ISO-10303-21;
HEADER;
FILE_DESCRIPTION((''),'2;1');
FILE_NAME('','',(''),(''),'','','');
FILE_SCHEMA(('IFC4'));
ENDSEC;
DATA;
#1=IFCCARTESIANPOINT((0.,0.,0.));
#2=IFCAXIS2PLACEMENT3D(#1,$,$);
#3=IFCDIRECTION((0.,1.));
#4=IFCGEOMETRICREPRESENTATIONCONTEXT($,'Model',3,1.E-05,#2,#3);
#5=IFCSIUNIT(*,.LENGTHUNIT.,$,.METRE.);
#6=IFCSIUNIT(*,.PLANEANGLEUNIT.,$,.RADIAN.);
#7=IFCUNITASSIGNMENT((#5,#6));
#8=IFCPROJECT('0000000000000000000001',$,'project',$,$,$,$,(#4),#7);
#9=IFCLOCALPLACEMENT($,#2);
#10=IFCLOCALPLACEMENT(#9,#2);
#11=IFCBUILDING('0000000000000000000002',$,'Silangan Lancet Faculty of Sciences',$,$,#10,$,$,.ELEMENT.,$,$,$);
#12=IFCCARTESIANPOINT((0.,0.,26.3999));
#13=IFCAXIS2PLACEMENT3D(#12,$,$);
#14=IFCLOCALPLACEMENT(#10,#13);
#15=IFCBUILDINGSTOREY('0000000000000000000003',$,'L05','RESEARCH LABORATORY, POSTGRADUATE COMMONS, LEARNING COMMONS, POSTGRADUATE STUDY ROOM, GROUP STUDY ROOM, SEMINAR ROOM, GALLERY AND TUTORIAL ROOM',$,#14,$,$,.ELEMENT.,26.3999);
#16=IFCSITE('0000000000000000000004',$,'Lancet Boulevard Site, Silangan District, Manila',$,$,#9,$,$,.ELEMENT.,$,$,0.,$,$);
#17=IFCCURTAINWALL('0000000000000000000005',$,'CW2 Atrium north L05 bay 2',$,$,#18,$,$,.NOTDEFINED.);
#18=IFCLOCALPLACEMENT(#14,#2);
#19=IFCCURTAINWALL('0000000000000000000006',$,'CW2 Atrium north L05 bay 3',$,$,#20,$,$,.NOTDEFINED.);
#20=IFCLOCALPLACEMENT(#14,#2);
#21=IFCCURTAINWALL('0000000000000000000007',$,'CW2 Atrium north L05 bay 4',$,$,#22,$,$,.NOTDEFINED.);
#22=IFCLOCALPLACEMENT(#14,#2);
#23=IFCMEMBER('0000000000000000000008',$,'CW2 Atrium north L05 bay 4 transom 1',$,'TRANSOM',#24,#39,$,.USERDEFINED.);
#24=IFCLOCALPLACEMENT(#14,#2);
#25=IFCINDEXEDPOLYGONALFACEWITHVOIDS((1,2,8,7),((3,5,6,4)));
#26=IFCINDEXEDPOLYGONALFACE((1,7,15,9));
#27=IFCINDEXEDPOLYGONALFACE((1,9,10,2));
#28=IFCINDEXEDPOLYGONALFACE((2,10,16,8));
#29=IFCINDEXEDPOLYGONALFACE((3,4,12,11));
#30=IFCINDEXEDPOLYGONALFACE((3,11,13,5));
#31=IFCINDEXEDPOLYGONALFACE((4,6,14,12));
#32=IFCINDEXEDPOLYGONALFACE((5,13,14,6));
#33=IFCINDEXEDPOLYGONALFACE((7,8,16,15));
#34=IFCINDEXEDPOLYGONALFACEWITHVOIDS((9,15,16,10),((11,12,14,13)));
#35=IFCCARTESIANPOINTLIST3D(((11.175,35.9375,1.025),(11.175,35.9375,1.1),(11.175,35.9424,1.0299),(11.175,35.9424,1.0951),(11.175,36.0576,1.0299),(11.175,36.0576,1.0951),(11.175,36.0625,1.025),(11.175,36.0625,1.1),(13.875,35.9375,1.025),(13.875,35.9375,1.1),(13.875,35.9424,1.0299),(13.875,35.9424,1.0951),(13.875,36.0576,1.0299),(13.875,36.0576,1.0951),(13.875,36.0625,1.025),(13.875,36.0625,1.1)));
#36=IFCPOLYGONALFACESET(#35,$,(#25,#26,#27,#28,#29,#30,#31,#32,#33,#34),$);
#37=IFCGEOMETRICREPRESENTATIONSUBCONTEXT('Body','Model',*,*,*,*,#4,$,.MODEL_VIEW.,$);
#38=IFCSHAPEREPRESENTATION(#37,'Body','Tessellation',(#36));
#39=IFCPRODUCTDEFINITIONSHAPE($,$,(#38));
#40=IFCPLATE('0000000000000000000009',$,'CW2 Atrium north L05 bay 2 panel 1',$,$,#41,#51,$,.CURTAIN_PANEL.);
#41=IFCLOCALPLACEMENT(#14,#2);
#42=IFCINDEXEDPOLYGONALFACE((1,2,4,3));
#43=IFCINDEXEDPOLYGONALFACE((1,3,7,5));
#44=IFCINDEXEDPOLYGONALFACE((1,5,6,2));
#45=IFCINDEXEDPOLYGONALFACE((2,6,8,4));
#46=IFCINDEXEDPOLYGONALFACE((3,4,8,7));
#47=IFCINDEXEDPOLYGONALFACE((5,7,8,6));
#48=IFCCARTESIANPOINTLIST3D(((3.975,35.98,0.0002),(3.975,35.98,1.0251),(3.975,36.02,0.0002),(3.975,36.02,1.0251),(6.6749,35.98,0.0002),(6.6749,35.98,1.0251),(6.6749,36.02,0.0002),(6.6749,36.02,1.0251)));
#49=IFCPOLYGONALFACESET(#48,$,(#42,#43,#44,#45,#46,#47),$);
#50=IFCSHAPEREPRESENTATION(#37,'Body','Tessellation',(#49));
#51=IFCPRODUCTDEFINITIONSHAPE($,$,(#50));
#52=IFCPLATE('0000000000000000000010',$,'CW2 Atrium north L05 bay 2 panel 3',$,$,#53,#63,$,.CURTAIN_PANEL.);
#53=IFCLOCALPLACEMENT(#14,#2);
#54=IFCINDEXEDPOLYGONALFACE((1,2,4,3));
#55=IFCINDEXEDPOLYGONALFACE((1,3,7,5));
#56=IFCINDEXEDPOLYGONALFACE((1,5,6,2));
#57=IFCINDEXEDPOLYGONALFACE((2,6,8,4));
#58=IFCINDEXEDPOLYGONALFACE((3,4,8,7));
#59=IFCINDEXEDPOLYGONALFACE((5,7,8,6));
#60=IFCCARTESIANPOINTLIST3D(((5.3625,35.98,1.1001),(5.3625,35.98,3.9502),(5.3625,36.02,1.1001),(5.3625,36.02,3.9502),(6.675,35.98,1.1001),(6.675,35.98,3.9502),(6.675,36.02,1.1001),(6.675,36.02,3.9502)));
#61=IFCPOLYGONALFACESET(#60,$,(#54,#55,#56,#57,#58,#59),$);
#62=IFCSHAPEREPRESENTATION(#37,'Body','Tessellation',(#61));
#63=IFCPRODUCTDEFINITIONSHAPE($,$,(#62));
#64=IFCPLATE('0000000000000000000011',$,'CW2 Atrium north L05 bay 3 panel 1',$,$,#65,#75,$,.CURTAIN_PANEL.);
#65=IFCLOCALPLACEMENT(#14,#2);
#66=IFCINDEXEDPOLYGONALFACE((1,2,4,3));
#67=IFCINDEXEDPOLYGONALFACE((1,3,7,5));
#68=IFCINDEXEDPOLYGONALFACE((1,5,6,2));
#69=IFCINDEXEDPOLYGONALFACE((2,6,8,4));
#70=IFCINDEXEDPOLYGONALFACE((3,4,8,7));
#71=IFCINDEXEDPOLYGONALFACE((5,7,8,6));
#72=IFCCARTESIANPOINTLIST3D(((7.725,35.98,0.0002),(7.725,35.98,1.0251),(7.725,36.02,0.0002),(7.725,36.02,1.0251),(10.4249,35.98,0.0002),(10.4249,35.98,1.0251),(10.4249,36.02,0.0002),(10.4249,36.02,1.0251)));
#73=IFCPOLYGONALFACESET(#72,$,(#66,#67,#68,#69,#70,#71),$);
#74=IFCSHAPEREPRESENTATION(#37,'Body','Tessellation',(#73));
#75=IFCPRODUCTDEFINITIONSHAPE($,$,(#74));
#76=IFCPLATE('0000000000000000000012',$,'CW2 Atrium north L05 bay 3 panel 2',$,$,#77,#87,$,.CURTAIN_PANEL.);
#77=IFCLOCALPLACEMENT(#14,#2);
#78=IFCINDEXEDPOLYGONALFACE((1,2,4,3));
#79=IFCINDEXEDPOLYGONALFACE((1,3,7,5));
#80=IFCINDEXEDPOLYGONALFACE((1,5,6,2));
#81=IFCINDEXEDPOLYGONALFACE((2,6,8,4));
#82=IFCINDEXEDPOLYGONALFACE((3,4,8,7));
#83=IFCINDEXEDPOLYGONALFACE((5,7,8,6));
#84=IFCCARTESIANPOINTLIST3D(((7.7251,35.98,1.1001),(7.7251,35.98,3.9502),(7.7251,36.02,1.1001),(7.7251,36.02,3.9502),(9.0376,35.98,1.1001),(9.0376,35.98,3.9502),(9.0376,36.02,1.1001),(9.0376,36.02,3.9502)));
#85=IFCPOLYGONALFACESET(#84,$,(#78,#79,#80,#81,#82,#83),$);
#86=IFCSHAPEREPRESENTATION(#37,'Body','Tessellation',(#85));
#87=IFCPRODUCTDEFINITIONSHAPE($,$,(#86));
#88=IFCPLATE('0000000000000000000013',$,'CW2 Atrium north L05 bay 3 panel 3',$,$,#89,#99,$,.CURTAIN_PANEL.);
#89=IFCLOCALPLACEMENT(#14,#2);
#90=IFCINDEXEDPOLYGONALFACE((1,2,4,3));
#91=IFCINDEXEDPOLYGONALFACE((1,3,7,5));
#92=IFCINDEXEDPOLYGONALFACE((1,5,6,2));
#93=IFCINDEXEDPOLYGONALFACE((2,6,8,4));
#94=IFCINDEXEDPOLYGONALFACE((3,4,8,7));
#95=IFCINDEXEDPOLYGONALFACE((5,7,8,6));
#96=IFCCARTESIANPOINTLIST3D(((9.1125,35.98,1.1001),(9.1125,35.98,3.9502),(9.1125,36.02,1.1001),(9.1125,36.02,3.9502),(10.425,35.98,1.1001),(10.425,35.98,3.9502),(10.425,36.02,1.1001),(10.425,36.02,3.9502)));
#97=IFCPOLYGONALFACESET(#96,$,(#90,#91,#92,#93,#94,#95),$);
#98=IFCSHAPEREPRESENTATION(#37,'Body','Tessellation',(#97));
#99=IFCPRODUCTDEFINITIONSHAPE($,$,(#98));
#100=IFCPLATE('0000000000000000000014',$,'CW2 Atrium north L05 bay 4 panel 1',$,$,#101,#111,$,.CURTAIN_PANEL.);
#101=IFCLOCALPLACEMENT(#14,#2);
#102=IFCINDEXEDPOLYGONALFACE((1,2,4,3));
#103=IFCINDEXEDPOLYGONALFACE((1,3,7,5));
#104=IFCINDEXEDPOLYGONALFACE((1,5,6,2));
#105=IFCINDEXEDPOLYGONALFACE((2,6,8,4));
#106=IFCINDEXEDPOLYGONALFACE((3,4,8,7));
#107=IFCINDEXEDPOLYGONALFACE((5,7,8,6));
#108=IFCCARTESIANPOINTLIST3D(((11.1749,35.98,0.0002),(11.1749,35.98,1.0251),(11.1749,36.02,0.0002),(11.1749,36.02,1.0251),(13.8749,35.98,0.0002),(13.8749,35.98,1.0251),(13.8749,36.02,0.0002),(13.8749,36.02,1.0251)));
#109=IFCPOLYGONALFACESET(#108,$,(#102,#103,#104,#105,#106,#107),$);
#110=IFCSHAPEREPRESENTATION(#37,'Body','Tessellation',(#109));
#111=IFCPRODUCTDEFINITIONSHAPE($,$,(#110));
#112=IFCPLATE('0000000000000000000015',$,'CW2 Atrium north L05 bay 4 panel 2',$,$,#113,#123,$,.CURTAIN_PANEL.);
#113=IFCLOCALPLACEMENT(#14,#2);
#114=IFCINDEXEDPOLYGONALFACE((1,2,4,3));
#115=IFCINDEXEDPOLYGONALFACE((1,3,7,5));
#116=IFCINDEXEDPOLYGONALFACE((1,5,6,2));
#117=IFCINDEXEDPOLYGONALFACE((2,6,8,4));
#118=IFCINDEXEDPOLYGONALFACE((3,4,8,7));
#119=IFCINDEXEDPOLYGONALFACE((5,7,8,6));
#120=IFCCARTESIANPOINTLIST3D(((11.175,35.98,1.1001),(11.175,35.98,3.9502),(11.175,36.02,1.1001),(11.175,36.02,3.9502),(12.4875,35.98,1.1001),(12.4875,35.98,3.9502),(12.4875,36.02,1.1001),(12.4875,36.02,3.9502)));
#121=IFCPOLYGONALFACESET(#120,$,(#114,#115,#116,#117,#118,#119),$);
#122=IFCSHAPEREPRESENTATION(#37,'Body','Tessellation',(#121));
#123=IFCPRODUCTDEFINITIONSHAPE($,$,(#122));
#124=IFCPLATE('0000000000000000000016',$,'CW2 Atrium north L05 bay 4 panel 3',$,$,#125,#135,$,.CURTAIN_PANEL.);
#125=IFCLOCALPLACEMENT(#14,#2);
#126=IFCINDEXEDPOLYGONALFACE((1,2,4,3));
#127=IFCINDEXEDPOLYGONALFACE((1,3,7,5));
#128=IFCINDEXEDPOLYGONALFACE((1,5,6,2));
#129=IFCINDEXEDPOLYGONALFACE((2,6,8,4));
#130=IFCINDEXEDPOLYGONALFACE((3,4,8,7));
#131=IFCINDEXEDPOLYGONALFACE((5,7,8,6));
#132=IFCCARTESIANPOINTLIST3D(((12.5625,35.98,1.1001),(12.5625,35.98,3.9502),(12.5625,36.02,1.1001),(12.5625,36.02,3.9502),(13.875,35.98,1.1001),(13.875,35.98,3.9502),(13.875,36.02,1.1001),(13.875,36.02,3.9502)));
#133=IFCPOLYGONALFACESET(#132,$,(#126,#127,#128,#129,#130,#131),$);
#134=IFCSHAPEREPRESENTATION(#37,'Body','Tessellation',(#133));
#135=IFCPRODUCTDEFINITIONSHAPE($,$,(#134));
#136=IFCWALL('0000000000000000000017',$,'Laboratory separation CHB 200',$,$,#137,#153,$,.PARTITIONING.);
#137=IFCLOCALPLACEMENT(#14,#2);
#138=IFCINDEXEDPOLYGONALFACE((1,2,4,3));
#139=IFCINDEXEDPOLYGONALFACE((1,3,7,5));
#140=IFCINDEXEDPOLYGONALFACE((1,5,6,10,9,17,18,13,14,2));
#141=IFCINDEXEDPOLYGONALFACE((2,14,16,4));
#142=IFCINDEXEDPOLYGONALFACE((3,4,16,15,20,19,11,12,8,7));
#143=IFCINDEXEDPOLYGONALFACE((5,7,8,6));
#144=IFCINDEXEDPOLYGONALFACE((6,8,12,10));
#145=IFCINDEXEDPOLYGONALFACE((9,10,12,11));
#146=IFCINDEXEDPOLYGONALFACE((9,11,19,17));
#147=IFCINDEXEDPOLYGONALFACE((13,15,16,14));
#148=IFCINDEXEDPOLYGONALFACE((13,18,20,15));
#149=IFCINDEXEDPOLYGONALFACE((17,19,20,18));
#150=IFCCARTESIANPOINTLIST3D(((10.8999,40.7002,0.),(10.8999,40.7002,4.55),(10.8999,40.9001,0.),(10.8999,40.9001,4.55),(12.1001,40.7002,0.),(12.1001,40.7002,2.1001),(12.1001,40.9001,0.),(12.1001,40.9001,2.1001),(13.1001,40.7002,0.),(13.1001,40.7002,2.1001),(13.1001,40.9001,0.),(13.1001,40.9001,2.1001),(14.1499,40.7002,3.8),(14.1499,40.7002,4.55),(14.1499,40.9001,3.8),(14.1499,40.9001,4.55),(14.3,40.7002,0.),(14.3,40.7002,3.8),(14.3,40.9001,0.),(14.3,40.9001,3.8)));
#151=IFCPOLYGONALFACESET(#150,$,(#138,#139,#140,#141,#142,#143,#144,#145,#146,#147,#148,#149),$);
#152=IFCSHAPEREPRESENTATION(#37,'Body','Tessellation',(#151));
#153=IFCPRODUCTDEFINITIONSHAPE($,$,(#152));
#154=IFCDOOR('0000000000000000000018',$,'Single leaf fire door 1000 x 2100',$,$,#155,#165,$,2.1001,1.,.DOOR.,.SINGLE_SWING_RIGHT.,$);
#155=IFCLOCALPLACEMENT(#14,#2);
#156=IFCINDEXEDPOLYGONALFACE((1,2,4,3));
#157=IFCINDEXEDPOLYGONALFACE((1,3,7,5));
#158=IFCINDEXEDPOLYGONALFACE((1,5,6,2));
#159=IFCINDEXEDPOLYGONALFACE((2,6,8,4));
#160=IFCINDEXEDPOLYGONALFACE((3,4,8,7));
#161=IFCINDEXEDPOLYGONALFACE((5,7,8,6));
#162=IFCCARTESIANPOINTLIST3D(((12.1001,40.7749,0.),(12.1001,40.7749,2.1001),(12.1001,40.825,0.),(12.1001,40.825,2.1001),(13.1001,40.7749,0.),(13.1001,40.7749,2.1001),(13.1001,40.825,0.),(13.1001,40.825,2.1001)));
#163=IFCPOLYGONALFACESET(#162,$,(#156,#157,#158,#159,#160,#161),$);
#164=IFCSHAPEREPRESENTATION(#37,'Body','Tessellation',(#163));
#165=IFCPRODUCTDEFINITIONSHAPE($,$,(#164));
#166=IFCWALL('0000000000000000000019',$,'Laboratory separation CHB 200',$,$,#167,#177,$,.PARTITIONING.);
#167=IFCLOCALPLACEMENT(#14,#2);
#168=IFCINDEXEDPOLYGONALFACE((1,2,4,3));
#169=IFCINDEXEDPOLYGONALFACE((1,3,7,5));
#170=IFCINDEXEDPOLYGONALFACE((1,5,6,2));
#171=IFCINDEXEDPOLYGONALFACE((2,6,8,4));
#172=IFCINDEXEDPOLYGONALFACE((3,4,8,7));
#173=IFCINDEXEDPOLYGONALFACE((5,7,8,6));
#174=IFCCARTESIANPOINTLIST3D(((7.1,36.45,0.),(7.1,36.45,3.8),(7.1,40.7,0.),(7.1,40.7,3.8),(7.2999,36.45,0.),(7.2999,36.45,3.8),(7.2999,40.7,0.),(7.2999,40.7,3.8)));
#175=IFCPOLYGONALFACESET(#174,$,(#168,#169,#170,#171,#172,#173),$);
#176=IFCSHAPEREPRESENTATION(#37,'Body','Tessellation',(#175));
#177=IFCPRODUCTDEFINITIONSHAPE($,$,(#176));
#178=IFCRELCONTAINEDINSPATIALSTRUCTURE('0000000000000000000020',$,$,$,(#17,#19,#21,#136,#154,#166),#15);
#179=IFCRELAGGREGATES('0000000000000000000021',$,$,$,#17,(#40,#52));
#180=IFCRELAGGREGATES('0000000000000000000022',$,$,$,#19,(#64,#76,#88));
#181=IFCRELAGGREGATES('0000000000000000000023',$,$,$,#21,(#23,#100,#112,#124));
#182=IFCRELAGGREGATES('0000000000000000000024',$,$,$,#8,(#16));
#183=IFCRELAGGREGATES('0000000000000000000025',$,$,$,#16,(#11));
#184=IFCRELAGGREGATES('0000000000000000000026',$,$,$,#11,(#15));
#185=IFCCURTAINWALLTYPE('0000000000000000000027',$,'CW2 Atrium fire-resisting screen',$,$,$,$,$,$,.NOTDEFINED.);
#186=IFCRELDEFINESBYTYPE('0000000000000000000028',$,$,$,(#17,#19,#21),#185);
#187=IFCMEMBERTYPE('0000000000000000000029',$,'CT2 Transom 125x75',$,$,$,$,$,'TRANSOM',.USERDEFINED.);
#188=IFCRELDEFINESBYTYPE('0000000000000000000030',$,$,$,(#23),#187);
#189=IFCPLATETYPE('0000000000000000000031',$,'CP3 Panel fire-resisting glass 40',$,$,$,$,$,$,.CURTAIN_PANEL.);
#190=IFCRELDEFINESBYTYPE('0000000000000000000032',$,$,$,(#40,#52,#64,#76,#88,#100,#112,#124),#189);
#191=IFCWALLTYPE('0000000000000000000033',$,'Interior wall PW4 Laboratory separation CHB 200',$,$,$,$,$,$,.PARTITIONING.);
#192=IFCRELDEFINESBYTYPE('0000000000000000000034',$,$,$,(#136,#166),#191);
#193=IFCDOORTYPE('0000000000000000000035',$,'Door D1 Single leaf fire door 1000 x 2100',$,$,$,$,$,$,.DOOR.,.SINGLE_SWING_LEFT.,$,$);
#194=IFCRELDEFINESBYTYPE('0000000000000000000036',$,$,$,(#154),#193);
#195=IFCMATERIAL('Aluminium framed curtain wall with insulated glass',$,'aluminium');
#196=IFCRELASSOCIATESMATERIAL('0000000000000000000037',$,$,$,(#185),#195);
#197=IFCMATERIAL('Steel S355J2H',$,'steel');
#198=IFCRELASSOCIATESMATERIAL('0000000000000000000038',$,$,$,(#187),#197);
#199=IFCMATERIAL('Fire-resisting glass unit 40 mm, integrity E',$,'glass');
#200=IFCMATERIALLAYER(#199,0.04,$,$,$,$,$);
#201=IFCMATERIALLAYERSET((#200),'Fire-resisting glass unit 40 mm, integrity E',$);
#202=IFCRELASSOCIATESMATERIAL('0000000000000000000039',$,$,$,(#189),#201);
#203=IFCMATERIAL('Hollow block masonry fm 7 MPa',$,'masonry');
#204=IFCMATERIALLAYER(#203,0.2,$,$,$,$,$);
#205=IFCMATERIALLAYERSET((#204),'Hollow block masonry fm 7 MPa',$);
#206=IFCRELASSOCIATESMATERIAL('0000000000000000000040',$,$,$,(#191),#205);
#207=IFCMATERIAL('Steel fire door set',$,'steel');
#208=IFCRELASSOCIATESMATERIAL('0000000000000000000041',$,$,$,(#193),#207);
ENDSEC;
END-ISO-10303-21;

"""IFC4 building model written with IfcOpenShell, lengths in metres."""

from ifc_helpers import new_model, si_unit, direction, frame, frame_2d, origin, origin_2d, place, context, subcontext, project, spatial, polyline, rectangle, hollow_rectangle, outline, extrude, material, layer, layer_set, material_profile, profile_set, type_object, element, fill, aggregate, save


model = new_model("IFC4")

# Units and contexts
model_context = context("Model", 3, precision=1e-05, world=origin(), true_north=direction((0.0, 1.0)))
body_context = subcontext(model_context, "Body", "Model", "MODEL_VIEW")
ifc_project = project(units=[si_unit("LENGTHUNIT", "METRE"), si_unit("PLANEANGLEUNIT", "RADIAN")], contexts=[model_context])

# Site, building, storey
site_placement = place(None, origin())
site = spatial("IfcSite", under=ifc_project, at=site_placement, Name="Lancet Boulevard Site, Silangan District, Manila", CompositionType="ELEMENT", RefElevation=0.0)
building_placement = place(site_placement, origin())
building = spatial("IfcBuilding", under=site, at=building_placement, Name="Silangan Lancet Faculty of Sciences", CompositionType="ELEMENT")
storey_placement = place(building_placement, frame((0.0, 0.0, 26.3999)))
storey = spatial("IfcBuildingStorey", under=building, at=storey_placement, Name="L05", Description="RESEARCH LABORATORY, POSTGRADUATE COMMONS, LEARNING COMMONS, POSTGRADUATE STUDY ROOM, GROUP STUDY ROOM, SEMINAR ROOM, GALLERY AND TUTORIAL ROOM", CompositionType="ELEMENT", Elevation=26.3999)

# Curtain wall
ifc_material_1 = material(Name="Aluminium framed curtain wall with insulated glass", Category="aluminium")
curtain_wall_type = type_object("IfcCurtainWallType", Name="CW2 Atrium fire-resisting screen", PredefinedType="NOTDEFINED", material=ifc_material_1)
curtain_wall_1_placement = place(storey_placement, origin())
curtain_wall_1 = element("IfcCurtainWall", 1, at=curtain_wall_1_placement, inside=storey, type_object=curtain_wall_type, Name="CW2 Atrium north L05 bay 2", PredefinedType="NOTDEFINED")

# Curtain walls
curtain_wall_2_placement = place(storey_placement, origin())
curtain_wall_2 = element("IfcCurtainWall", 2, at=curtain_wall_2_placement, inside=storey, type_object=curtain_wall_type, Name="CW2 Atrium north L05 bay 3", PredefinedType="NOTDEFINED")
curtain_wall_3_placement = place(storey_placement, origin())
curtain_wall_3 = element("IfcCurtainWall", 3, at=curtain_wall_3_placement, inside=storey, type_object=curtain_wall_type, Name="CW2 Atrium north L05 bay 4", PredefinedType="NOTDEFINED")

# Member
ifc_material_2 = material(Name="Steel S355J2H", Category="steel")
ifc_material_profile_1 = material_profile(ifc_material_2, hollow_rectangle(XDim=0.125, YDim=0.075, WallThickness=0.0049, at=origin_2d()), Name="ST BOX 125x75x5")
ifc_profile_set_1 = profile_set([ifc_material_profile_1], Name="Steel S355J2H")
member_type_1 = type_object("IfcMemberType", Name="CT2 Transom 125x75", ElementType="TRANSOM", PredefinedType="USERDEFINED", material=ifc_profile_set_1)
member_1_placement = place(storey_placement, frame((11.175, 36.0, 1.0625), z_axis=(1.0, 0.0, 0.0), x_axis=(0.0, 1.0, 0.0)))
member_1 = element("IfcMember", 4, at=member_1_placement, type_object=member_type_1, Name="CW2 Atrium north L05 bay 4 transom 1", ObjectType="TRANSOM", PredefinedType="USERDEFINED", context=body_context, shape_type="SweptSolid", body=[
    extrude(hollow_rectangle(XDim=0.125, YDim=0.075, WallThickness=0.0049, at=origin_2d()), origin(), (0.0, 0.0, 1.0), 2.7),
])

# Plates
ifc_material_3 = material(Name="Fire-resisting glass unit 40 mm, integrity E", Category="glass")
ifc_layer_1 = layer(ifc_material_3, 0.04)
ifc_layer_set_1 = layer_set([ifc_layer_1], Name="Fire-resisting glass unit 40 mm, integrity E")
plate_type = type_object("IfcPlateType", Name="CP3 Panel fire-resisting glass 40", PredefinedType="CURTAIN_PANEL", material=ifc_layer_set_1)
plate_1_placement = place(storey_placement, frame((5.325, 36.0, 0.0002), z_axis=(0.0, 0.0, 1.0), x_axis=(1.0, 0.0, 0.0)))
plate_1 = element("IfcPlate", 5, at=plate_1_placement, type_object=plate_type, Name="CW2 Atrium north L05 bay 2 panel 1", PredefinedType="CURTAIN_PANEL", context=body_context, shape_type="SweptSolid", body=[
    extrude(rectangle(XDim=2.7, YDim=0.04, at=origin_2d()), origin(), (0.0, 0.0, 1.0), 1.0249),
])
plate_2_placement = place(storey_placement, frame((6.0188, 36.0, 1.1001), z_axis=(0.0, 0.0, 1.0), x_axis=(1.0, 0.0, 0.0)))
plate_2 = element("IfcPlate", 6, at=plate_2_placement, type_object=plate_type, Name="CW2 Atrium north L05 bay 2 panel 3", PredefinedType="CURTAIN_PANEL", context=body_context, shape_type="SweptSolid", body=[
    extrude(rectangle(XDim=1.3125, YDim=0.04, at=origin_2d()), origin(), (0.0, 0.0, 1.0), 2.8501),
])
aggregate(curtain_wall_1, [plate_1, plate_2])
plate_3_placement = place(storey_placement, frame((9.075, 36.0, 0.0002), z_axis=(0.0, 0.0, 1.0), x_axis=(1.0, 0.0, 0.0)))
plate_3 = element("IfcPlate", 7, at=plate_3_placement, type_object=plate_type, Name="CW2 Atrium north L05 bay 3 panel 1", PredefinedType="CURTAIN_PANEL", context=body_context, shape_type="SweptSolid", body=[
    extrude(rectangle(XDim=2.7, YDim=0.04, at=origin_2d()), origin(), (0.0, 0.0, 1.0), 1.0249),
])
plate_4_placement = place(storey_placement, frame((8.3813, 36.0, 1.1001), z_axis=(0.0, 0.0, 1.0), x_axis=(1.0, 0.0, 0.0)))
plate_4 = element("IfcPlate", 8, at=plate_4_placement, type_object=plate_type, Name="CW2 Atrium north L05 bay 3 panel 2", PredefinedType="CURTAIN_PANEL", context=body_context, shape_type="SweptSolid", body=[
    extrude(rectangle(XDim=1.3125, YDim=0.04, at=origin_2d()), origin(), (0.0, 0.0, 1.0), 2.8501),
])
plate_5_placement = place(storey_placement, frame((9.7688, 36.0, 1.1001), z_axis=(0.0, 0.0, 1.0), x_axis=(1.0, 0.0, 0.0)))
plate_5 = element("IfcPlate", 9, at=plate_5_placement, type_object=plate_type, Name="CW2 Atrium north L05 bay 3 panel 3", PredefinedType="CURTAIN_PANEL", context=body_context, shape_type="SweptSolid", body=[
    extrude(rectangle(XDim=1.3125, YDim=0.04, at=origin_2d()), origin(), (0.0, 0.0, 1.0), 2.8501),
])
aggregate(curtain_wall_2, [plate_3, plate_4, plate_5])
plate_6_placement = place(storey_placement, frame((12.5249, 36.0, 0.0002), z_axis=(0.0, 0.0, 1.0), x_axis=(1.0, 0.0, 0.0)))
plate_6 = element("IfcPlate", 10, at=plate_6_placement, type_object=plate_type, Name="CW2 Atrium north L05 bay 4 panel 1", PredefinedType="CURTAIN_PANEL", context=body_context, shape_type="SweptSolid", body=[
    extrude(rectangle(XDim=2.7, YDim=0.04, at=origin_2d()), origin(), (0.0, 0.0, 1.0), 1.0249),
])
plate_7_placement = place(storey_placement, frame((11.8313, 36.0, 1.1001), z_axis=(0.0, 0.0, 1.0), x_axis=(1.0, 0.0, 0.0)))
plate_7 = element("IfcPlate", 11, at=plate_7_placement, type_object=plate_type, Name="CW2 Atrium north L05 bay 4 panel 2", PredefinedType="CURTAIN_PANEL", context=body_context, shape_type="SweptSolid", body=[
    extrude(rectangle(XDim=1.3125, YDim=0.04, at=origin_2d()), origin(), (0.0, 0.0, 1.0), 2.8501),
])
plate_8_placement = place(storey_placement, frame((13.2188, 36.0, 1.1001), z_axis=(0.0, 0.0, 1.0), x_axis=(1.0, 0.0, 0.0)))
plate_8 = element("IfcPlate", 12, at=plate_8_placement, type_object=plate_type, Name="CW2 Atrium north L05 bay 4 panel 3", PredefinedType="CURTAIN_PANEL", context=body_context, shape_type="SweptSolid", body=[
    extrude(rectangle(XDim=1.3125, YDim=0.04, at=origin_2d()), origin(), (0.0, 0.0, 1.0), 2.8501),
])
aggregate(curtain_wall_3, [member_1, plate_6, plate_7, plate_8])

# Wall, opening, door
ifc_material_4 = material(Name="Hollow block masonry fm 7 MPa", Category="masonry")
ifc_layer_2 = layer(ifc_material_4, 0.2)
ifc_layer_set_2 = layer_set([ifc_layer_2], Name="Hollow block masonry fm 7 MPa")
wall_type = type_object("IfcWallType", Name="Interior wall PW4 Laboratory separation CHB 200", PredefinedType="PARTITIONING", material=ifc_layer_set_2)
wall_1_placement = place(storey_placement, frame((10.8999, 40.8, 0.0), z_axis=(0.0, 0.0, 1.0), x_axis=(1.0, 0.0, 0.0)))
wall_1 = element("IfcWall", 13, at=wall_1_placement, inside=storey, type_object=wall_type, Name="Laboratory separation CHB 200", PredefinedType="PARTITIONING", context=body_context, shape_type="SweptSolid", body=[
    extrude(outline(polyline([(0.0, 0.0), (3.4001, 0.0), (3.4001, 3.8), (3.25, 3.8), (3.25, 4.55), (0.0, 4.55), (0.0, 0.0)])), frame((0.0, 0.1001, 0.0), z_axis=(0.0, -1.0, 0.0), x_axis=(1.0, 0.0, 0.0)), (0.0, 0.0, 1.0), 0.2),
])
opening_placement = place(wall_1_placement, frame((1.2002, 0.0, 0.0)))
opening = element("IfcOpeningElement", 14, at=opening_placement, cuts=wall_1, PredefinedType="OPENING", context=body_context, shape_type="SweptSolid", body=[
    extrude(rectangle(XDim=1.0, YDim=2.1001, at=frame_2d((0.5, 1.05))), frame((0.0, 0.1099, 0.0), z_axis=(0.0, -1.0, 0.0), x_axis=(1.0, 0.0, 0.0)), (0.0, 0.0, 1.0), 0.22),
])
ifc_material_5 = material(Name="Steel fire door set", Category="steel")
door_type = type_object("IfcDoorType", Name="Door D1 Single leaf fire door 1000 x 2100", OperationType="SINGLE_SWING_LEFT", PredefinedType="DOOR", material=ifc_material_5)
door_placement = place(opening_placement, frame((1.0, 0.0, 0.0), z_axis=(0.0, 0.0, 1.0), x_axis=(-1.0, 0.0, 0.0)))
door = element("IfcDoor", 15, at=door_placement, inside=storey, type_object=door_type, Name="Single leaf fire door 1000 x 2100", OperationType="SINGLE_SWING_RIGHT", OverallHeight=2.1001, OverallWidth=1.0, PredefinedType="DOOR", context=body_context, shape_type="SweptSolid", body=[
    extrude(rectangle(XDim=1.0, YDim=2.1001, at=frame_2d((0.5, 1.05))), frame((0.0, 0.0251, 0.0), z_axis=(0.0, -1.0, 0.0), x_axis=(1.0, 0.0, 0.0)), (0.0, 0.0, 1.0), 0.05),
])
fill(opening, door)

# Wall
wall_2_placement = place(storey_placement, frame((7.2, 36.45, 0.0), z_axis=(0.0, 0.0, 1.0), x_axis=(0.0, 1.0, 0.0)))
element("IfcWall", 16, at=wall_2_placement, inside=storey, type_object=wall_type, Name="Laboratory separation CHB 200", PredefinedType="PARTITIONING", context=body_context, shape_type="SweptSolid", body=[
    extrude(rectangle(XDim=4.25, YDim=0.2, at=frame_2d((2.125, 0.0))), origin(), (0.0, 0.0, 1.0), 3.8),
])

save(model, "model.ifc")
